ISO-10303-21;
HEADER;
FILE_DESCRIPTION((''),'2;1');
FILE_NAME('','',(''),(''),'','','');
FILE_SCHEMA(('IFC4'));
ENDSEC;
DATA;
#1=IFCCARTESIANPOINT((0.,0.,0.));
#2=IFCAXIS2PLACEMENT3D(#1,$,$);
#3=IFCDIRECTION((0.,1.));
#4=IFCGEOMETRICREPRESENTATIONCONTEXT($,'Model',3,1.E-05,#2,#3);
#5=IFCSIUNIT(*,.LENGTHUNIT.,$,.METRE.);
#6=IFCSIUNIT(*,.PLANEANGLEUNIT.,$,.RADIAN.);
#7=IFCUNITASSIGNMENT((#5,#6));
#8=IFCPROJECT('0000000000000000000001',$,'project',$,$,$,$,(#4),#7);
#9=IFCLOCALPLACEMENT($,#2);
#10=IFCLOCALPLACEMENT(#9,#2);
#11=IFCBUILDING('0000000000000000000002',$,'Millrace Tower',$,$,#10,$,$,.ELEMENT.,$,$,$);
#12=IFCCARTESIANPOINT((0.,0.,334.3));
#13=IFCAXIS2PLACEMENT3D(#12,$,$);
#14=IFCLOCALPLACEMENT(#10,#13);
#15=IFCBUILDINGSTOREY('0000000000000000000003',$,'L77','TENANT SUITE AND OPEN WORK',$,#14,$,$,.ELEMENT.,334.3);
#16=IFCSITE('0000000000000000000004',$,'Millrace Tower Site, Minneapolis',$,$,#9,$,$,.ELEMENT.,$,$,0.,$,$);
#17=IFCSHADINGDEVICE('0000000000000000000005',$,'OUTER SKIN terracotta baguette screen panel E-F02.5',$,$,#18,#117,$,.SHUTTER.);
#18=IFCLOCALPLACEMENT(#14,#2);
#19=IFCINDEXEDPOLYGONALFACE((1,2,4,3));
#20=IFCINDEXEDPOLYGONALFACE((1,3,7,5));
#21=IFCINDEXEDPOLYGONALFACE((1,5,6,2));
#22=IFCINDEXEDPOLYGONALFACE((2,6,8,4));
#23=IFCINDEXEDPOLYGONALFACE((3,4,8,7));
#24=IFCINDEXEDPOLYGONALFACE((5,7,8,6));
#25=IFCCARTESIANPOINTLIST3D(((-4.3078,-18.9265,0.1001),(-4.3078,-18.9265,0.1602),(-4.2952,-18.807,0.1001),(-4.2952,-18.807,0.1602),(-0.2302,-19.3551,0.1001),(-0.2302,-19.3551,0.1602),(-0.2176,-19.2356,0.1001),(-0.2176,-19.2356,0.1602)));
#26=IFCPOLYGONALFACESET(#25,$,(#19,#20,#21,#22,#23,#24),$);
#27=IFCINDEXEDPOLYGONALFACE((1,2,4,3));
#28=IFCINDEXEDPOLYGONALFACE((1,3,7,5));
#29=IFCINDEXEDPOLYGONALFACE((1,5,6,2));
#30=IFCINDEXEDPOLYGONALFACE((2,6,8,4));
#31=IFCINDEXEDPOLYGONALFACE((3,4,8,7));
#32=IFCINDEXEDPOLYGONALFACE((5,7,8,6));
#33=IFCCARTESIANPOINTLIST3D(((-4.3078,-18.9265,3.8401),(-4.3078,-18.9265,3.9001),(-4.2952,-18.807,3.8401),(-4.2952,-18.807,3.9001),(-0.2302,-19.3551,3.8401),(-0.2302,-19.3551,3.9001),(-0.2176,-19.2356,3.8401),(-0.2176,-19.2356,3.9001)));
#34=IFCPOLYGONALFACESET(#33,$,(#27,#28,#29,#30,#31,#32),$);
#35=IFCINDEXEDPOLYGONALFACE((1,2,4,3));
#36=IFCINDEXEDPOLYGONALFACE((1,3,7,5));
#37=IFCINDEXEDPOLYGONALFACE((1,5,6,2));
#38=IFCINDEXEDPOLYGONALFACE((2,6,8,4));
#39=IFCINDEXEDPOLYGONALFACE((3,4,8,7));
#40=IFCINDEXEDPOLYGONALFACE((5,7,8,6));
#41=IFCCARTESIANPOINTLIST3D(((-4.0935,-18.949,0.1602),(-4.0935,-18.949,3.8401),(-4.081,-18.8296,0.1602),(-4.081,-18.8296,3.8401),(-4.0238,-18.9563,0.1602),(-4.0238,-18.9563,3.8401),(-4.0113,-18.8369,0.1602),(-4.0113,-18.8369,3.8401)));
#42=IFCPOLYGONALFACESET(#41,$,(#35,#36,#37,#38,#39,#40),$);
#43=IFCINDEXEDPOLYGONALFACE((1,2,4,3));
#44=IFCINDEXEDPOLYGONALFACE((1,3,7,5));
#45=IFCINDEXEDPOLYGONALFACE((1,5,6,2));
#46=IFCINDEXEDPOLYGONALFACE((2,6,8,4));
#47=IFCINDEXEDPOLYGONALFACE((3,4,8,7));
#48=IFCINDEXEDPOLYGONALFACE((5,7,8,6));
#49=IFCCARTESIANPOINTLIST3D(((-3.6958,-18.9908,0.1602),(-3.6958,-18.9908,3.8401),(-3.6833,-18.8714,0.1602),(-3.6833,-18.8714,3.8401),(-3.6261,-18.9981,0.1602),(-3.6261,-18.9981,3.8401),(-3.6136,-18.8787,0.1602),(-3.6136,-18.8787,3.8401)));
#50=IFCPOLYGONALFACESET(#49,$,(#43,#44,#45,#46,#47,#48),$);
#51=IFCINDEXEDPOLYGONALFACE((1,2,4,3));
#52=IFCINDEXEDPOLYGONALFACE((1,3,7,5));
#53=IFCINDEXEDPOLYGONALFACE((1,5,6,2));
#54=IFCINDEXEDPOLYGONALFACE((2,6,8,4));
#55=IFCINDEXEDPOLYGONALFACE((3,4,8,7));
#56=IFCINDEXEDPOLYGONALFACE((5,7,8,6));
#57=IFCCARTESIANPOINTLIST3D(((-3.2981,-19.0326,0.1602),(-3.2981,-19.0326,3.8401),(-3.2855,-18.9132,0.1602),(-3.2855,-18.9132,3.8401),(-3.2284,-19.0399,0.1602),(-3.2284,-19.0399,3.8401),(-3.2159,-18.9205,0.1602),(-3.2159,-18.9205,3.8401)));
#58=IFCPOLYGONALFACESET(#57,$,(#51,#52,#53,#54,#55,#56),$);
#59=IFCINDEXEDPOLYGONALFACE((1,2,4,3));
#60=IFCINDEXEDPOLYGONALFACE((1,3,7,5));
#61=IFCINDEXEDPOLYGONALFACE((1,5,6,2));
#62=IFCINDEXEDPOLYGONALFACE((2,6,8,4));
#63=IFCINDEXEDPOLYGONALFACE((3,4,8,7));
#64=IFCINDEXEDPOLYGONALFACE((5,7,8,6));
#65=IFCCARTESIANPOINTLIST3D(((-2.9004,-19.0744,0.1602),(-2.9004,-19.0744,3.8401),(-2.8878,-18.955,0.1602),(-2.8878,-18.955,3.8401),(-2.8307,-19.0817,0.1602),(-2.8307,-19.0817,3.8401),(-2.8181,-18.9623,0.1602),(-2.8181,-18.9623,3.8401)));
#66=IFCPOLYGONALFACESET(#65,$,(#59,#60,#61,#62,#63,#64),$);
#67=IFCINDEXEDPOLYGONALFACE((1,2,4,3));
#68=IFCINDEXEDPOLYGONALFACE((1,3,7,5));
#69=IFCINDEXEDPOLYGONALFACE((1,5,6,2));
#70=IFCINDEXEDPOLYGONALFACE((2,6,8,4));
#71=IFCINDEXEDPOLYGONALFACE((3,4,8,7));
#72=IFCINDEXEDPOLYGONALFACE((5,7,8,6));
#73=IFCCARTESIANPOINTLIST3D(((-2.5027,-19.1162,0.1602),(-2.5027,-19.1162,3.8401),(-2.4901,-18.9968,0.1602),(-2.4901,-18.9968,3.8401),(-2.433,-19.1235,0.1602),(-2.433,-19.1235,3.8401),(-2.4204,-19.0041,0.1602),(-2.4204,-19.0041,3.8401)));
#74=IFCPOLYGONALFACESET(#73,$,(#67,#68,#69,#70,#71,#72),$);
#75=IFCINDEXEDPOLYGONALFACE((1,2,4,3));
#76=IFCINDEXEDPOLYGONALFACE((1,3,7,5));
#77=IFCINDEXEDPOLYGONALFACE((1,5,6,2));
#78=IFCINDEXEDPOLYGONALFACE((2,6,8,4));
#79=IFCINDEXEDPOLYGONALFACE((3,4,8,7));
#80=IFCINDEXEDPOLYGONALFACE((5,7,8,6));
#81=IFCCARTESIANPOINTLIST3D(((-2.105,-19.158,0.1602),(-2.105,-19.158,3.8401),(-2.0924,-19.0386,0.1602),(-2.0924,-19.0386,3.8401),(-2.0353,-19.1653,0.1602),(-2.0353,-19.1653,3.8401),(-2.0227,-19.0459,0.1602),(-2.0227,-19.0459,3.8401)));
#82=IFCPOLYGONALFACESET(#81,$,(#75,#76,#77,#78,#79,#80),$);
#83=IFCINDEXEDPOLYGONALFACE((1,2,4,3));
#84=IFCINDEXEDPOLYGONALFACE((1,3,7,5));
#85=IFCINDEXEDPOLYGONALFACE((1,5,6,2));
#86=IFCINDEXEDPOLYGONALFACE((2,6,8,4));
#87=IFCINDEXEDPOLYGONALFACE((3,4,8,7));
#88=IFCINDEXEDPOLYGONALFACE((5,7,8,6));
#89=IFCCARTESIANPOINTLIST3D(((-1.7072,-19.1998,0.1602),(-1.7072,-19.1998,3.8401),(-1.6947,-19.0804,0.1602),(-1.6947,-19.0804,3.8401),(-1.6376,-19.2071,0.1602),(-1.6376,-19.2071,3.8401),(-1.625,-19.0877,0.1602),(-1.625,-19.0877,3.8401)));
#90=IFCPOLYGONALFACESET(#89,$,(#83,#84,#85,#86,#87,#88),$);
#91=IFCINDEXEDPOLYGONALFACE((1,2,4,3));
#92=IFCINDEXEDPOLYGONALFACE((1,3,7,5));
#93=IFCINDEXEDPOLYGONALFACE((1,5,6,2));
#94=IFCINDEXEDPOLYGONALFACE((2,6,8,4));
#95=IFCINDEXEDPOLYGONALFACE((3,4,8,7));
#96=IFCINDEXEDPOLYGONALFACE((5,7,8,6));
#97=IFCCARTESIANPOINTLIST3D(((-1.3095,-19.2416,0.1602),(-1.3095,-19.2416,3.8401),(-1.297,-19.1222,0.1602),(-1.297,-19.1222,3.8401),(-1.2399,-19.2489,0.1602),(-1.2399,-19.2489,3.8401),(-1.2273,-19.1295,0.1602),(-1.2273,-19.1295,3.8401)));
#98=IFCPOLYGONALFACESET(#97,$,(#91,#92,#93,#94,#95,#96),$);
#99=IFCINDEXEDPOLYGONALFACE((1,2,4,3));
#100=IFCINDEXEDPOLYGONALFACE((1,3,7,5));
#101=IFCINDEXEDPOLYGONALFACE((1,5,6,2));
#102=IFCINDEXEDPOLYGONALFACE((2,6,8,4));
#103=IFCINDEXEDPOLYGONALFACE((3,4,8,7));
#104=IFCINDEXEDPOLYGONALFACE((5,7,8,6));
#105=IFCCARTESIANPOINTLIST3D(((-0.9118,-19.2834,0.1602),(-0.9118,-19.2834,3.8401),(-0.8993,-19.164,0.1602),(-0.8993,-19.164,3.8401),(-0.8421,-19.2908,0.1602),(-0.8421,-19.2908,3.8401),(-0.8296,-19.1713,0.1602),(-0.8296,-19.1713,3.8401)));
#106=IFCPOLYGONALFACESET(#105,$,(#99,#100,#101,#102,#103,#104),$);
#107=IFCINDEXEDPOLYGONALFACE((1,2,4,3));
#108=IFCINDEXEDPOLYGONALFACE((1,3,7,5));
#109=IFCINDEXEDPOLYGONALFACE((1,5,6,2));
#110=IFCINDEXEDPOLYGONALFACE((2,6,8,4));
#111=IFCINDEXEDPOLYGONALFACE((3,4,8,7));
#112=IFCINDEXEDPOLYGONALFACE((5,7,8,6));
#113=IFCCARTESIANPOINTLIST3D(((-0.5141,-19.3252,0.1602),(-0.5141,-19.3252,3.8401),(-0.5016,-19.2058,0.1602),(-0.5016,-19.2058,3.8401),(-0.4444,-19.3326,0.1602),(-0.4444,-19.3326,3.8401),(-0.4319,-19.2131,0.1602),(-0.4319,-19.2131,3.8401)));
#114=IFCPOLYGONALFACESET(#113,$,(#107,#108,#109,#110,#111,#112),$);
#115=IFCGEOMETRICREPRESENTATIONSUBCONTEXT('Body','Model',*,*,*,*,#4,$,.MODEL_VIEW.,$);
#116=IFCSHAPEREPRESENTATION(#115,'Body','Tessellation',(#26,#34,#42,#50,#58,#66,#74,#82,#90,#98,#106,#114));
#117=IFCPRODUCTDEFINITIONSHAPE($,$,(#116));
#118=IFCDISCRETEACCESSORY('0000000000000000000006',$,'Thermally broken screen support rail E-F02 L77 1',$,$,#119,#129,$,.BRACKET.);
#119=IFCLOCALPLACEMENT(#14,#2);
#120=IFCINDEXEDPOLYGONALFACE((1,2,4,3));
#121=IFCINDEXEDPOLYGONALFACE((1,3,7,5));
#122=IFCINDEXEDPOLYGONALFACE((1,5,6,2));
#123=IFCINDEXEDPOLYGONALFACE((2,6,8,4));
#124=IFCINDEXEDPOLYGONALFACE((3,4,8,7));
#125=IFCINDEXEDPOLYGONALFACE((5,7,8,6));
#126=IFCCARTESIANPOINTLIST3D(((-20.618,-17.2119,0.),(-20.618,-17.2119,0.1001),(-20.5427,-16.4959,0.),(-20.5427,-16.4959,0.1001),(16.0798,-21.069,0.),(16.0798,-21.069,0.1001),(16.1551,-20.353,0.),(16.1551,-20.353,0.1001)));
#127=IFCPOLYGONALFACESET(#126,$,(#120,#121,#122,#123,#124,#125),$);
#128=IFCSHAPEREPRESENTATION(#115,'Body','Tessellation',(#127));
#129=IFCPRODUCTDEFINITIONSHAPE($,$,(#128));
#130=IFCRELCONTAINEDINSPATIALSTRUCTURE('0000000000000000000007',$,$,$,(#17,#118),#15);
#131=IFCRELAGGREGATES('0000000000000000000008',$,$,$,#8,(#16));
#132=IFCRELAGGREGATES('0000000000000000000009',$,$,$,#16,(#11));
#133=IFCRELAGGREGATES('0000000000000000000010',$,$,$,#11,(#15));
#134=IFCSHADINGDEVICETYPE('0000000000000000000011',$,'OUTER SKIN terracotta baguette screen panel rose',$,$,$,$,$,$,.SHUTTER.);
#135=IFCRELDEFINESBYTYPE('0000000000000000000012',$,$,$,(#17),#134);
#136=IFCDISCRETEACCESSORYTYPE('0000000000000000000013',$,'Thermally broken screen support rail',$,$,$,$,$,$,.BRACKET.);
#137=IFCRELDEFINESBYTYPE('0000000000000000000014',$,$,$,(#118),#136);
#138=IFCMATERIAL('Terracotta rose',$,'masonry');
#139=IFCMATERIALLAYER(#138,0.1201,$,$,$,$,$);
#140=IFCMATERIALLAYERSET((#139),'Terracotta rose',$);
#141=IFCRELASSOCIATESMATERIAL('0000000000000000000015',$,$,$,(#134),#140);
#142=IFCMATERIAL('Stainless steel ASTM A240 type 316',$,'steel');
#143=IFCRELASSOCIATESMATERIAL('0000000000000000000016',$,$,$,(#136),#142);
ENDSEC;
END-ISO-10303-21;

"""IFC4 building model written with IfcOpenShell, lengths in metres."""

from ifc_helpers import new_model, entity, si_unit, direction, frame, frame_2d, origin, origin_2d, place, context, subcontext, project, spatial, rectangle, extrude, source, transform, mapped, material, layer, layer_set, type_object, element, save


model = new_model("IFC4")

# Units and contexts
model_context = context("Model", 3, precision=1e-05, world=origin(), true_north=direction((0.0, 1.0)))
body_context = subcontext(model_context, "Body", "Model", "MODEL_VIEW")
ifc_project = project(units=[si_unit("LENGTHUNIT", "METRE"), si_unit("PLANEANGLEUNIT", "RADIAN")], contexts=[model_context])

# Site, building, storey
site_placement = place(None, origin())
site = spatial("IfcSite", under=ifc_project, at=site_placement, Name="Millrace Tower Site, Minneapolis", CompositionType="ELEMENT", RefElevation=0.0)
building_placement = place(site_placement, origin())
building = spatial("IfcBuilding", under=site, at=building_placement, Name="Millrace Tower", CompositionType="ELEMENT")
storey_placement = place(building_placement, frame((0.0, 0.0, 334.3)))
storey = spatial("IfcBuildingStorey", under=building, at=storey_placement, Name="L77", Description="TENANT SUITE AND OPEN WORK", CompositionType="ELEMENT", Elevation=334.3)

# Shading device
ifc_material_1 = material(Name="Terracotta rose", Category="masonry")
ifc_layer_1 = layer(ifc_material_1, 0.1201)
ifc_layer_set_1 = layer_set([ifc_layer_1], Name="Terracotta rose")
shading_device_type = type_object("IfcShadingDeviceType", Name="OUTER SKIN terracotta baguette screen panel rose", PredefinedType="SHUTTER", material=ifc_layer_set_1)
cartesian_point = entity("IfcCartesianPoint", [-2.05, 0.0601])
shared_polyline = entity("IfcPolyline", [cartesian_point, entity("IfcCartesianPoint", [2.05, 0.0601]), entity("IfcCartesianPoint", [2.05, -0.0601]), entity("IfcCartesianPoint", [-2.05, -0.0601]), cartesian_point])
shared_shape = source(origin(), body_context, "Body", "SweptSolid", [
    entity("IfcExtrudedAreaSolid", entity("IfcArbitraryClosedProfileDef", "AREA", None, shared_polyline), entity("IfcAxis2Placement3D", entity("IfcCartesianPoint", [0.0, 0.0, 0.0])), entity("IfcDirection", [0.0, 0.0, 1.0]), 0.0601),
    entity("IfcExtrudedAreaSolid", entity("IfcArbitraryClosedProfileDef", "AREA", None, shared_polyline), entity("IfcAxis2Placement3D", entity("IfcCartesianPoint", [0.0, 0.0, 3.74])), entity("IfcDirection", [0.0, 0.0, 1.0]), 0.0601),
    extrude(rectangle(XDim=0.0701, YDim=0.1201, at=frame_2d((-1.7996, 0.0))), frame((0.0, 0.0, 0.0601)), (0.0, 0.0, 1.0), 3.6799),
    extrude(rectangle(XDim=0.0701, YDim=0.1201, at=frame_2d((-1.3997, 0.0))), frame((0.0, 0.0, 0.0601)), (0.0, 0.0, 1.0), 3.6799),
    extrude(rectangle(XDim=0.0701, YDim=0.1201, at=frame_2d((-0.9998, 0.0))), frame((0.0, 0.0, 0.0601)), (0.0, 0.0, 1.0), 3.6799),
    extrude(rectangle(XDim=0.0701, YDim=0.1201, at=frame_2d((-0.5999, 0.0))), frame((0.0, 0.0, 0.0601)), (0.0, 0.0, 1.0), 3.6799),
    extrude(rectangle(XDim=0.0701, YDim=0.1201, at=frame_2d((-0.2, 0.0))), frame((0.0, 0.0, 0.0601)), (0.0, 0.0, 1.0), 3.6799),
    extrude(rectangle(XDim=0.0701, YDim=0.1201, at=frame_2d((0.2, 0.0))), frame((0.0, 0.0, 0.0601)), (0.0, 0.0, 1.0), 3.6799),
    extrude(rectangle(XDim=0.0701, YDim=0.1201, at=frame_2d((0.5999, 0.0))), frame((0.0, 0.0, 0.0601)), (0.0, 0.0, 1.0), 3.6799),
    extrude(rectangle(XDim=0.0701, YDim=0.1201, at=frame_2d((0.9998, 0.0))), frame((0.0, 0.0, 0.0601)), (0.0, 0.0, 1.0), 3.6799),
    extrude(rectangle(XDim=0.0701, YDim=0.1201, at=frame_2d((1.3997, 0.0))), frame((0.0, 0.0, 0.0601)), (0.0, 0.0, 1.0), 3.6799),
    extrude(rectangle(XDim=0.0701, YDim=0.1201, at=frame_2d((1.7996, 0.0))), frame((0.0, 0.0, 0.0601)), (0.0, 0.0, 1.0), 3.6799),
])
for number, where, z_axis, x_axis, name in (
    (1, (-2.2627, -19.0811, 0.1001), (0.0, 0.0, 1.0), (0.994522, -0.104528, 0.0), "OUTER SKIN terracotta baguette screen panel E-F02.5"),
):
    element("IfcShadingDevice", number, at=place(storey_placement, frame(where, z_axis=z_axis, x_axis=x_axis)), inside=storey, type_object=shading_device_type, Name=name, PredefinedType="SHUTTER", context=body_context, shape_type="MappedRepresentation", body=[
        mapped(shared_shape, transform((0.0, 0.0, 0.0), scale=1.0)),
    ])

# Discrete accessory
ifc_material_2 = material(Name="Stainless steel ASTM A240 type 316", Category="steel")
discrete_accessory_type = type_object("IfcDiscreteAccessoryType", Name="Thermally broken screen support rail", PredefinedType="BRACKET", material=ifc_material_2)
discrete_accessory_placement = place(storey_placement, frame((-2.2314, -18.7825, 0.0), z_axis=(0.0, 0.0, 1.0), x_axis=(0.994522, -0.104528, 0.0)))
element("IfcDiscreteAccessory", 2, at=discrete_accessory_placement, inside=storey, type_object=discrete_accessory_type, Name="Thermally broken screen support rail E-F02 L77 1", PredefinedType="BRACKET", context=body_context, shape_type="SweptSolid", body=[
    extrude(rectangle(XDim=36.8999, YDim=0.72, at=origin_2d()), origin(), (0.0, 0.0, 1.0), 0.1001),
])

save(model, "model.ifc")
